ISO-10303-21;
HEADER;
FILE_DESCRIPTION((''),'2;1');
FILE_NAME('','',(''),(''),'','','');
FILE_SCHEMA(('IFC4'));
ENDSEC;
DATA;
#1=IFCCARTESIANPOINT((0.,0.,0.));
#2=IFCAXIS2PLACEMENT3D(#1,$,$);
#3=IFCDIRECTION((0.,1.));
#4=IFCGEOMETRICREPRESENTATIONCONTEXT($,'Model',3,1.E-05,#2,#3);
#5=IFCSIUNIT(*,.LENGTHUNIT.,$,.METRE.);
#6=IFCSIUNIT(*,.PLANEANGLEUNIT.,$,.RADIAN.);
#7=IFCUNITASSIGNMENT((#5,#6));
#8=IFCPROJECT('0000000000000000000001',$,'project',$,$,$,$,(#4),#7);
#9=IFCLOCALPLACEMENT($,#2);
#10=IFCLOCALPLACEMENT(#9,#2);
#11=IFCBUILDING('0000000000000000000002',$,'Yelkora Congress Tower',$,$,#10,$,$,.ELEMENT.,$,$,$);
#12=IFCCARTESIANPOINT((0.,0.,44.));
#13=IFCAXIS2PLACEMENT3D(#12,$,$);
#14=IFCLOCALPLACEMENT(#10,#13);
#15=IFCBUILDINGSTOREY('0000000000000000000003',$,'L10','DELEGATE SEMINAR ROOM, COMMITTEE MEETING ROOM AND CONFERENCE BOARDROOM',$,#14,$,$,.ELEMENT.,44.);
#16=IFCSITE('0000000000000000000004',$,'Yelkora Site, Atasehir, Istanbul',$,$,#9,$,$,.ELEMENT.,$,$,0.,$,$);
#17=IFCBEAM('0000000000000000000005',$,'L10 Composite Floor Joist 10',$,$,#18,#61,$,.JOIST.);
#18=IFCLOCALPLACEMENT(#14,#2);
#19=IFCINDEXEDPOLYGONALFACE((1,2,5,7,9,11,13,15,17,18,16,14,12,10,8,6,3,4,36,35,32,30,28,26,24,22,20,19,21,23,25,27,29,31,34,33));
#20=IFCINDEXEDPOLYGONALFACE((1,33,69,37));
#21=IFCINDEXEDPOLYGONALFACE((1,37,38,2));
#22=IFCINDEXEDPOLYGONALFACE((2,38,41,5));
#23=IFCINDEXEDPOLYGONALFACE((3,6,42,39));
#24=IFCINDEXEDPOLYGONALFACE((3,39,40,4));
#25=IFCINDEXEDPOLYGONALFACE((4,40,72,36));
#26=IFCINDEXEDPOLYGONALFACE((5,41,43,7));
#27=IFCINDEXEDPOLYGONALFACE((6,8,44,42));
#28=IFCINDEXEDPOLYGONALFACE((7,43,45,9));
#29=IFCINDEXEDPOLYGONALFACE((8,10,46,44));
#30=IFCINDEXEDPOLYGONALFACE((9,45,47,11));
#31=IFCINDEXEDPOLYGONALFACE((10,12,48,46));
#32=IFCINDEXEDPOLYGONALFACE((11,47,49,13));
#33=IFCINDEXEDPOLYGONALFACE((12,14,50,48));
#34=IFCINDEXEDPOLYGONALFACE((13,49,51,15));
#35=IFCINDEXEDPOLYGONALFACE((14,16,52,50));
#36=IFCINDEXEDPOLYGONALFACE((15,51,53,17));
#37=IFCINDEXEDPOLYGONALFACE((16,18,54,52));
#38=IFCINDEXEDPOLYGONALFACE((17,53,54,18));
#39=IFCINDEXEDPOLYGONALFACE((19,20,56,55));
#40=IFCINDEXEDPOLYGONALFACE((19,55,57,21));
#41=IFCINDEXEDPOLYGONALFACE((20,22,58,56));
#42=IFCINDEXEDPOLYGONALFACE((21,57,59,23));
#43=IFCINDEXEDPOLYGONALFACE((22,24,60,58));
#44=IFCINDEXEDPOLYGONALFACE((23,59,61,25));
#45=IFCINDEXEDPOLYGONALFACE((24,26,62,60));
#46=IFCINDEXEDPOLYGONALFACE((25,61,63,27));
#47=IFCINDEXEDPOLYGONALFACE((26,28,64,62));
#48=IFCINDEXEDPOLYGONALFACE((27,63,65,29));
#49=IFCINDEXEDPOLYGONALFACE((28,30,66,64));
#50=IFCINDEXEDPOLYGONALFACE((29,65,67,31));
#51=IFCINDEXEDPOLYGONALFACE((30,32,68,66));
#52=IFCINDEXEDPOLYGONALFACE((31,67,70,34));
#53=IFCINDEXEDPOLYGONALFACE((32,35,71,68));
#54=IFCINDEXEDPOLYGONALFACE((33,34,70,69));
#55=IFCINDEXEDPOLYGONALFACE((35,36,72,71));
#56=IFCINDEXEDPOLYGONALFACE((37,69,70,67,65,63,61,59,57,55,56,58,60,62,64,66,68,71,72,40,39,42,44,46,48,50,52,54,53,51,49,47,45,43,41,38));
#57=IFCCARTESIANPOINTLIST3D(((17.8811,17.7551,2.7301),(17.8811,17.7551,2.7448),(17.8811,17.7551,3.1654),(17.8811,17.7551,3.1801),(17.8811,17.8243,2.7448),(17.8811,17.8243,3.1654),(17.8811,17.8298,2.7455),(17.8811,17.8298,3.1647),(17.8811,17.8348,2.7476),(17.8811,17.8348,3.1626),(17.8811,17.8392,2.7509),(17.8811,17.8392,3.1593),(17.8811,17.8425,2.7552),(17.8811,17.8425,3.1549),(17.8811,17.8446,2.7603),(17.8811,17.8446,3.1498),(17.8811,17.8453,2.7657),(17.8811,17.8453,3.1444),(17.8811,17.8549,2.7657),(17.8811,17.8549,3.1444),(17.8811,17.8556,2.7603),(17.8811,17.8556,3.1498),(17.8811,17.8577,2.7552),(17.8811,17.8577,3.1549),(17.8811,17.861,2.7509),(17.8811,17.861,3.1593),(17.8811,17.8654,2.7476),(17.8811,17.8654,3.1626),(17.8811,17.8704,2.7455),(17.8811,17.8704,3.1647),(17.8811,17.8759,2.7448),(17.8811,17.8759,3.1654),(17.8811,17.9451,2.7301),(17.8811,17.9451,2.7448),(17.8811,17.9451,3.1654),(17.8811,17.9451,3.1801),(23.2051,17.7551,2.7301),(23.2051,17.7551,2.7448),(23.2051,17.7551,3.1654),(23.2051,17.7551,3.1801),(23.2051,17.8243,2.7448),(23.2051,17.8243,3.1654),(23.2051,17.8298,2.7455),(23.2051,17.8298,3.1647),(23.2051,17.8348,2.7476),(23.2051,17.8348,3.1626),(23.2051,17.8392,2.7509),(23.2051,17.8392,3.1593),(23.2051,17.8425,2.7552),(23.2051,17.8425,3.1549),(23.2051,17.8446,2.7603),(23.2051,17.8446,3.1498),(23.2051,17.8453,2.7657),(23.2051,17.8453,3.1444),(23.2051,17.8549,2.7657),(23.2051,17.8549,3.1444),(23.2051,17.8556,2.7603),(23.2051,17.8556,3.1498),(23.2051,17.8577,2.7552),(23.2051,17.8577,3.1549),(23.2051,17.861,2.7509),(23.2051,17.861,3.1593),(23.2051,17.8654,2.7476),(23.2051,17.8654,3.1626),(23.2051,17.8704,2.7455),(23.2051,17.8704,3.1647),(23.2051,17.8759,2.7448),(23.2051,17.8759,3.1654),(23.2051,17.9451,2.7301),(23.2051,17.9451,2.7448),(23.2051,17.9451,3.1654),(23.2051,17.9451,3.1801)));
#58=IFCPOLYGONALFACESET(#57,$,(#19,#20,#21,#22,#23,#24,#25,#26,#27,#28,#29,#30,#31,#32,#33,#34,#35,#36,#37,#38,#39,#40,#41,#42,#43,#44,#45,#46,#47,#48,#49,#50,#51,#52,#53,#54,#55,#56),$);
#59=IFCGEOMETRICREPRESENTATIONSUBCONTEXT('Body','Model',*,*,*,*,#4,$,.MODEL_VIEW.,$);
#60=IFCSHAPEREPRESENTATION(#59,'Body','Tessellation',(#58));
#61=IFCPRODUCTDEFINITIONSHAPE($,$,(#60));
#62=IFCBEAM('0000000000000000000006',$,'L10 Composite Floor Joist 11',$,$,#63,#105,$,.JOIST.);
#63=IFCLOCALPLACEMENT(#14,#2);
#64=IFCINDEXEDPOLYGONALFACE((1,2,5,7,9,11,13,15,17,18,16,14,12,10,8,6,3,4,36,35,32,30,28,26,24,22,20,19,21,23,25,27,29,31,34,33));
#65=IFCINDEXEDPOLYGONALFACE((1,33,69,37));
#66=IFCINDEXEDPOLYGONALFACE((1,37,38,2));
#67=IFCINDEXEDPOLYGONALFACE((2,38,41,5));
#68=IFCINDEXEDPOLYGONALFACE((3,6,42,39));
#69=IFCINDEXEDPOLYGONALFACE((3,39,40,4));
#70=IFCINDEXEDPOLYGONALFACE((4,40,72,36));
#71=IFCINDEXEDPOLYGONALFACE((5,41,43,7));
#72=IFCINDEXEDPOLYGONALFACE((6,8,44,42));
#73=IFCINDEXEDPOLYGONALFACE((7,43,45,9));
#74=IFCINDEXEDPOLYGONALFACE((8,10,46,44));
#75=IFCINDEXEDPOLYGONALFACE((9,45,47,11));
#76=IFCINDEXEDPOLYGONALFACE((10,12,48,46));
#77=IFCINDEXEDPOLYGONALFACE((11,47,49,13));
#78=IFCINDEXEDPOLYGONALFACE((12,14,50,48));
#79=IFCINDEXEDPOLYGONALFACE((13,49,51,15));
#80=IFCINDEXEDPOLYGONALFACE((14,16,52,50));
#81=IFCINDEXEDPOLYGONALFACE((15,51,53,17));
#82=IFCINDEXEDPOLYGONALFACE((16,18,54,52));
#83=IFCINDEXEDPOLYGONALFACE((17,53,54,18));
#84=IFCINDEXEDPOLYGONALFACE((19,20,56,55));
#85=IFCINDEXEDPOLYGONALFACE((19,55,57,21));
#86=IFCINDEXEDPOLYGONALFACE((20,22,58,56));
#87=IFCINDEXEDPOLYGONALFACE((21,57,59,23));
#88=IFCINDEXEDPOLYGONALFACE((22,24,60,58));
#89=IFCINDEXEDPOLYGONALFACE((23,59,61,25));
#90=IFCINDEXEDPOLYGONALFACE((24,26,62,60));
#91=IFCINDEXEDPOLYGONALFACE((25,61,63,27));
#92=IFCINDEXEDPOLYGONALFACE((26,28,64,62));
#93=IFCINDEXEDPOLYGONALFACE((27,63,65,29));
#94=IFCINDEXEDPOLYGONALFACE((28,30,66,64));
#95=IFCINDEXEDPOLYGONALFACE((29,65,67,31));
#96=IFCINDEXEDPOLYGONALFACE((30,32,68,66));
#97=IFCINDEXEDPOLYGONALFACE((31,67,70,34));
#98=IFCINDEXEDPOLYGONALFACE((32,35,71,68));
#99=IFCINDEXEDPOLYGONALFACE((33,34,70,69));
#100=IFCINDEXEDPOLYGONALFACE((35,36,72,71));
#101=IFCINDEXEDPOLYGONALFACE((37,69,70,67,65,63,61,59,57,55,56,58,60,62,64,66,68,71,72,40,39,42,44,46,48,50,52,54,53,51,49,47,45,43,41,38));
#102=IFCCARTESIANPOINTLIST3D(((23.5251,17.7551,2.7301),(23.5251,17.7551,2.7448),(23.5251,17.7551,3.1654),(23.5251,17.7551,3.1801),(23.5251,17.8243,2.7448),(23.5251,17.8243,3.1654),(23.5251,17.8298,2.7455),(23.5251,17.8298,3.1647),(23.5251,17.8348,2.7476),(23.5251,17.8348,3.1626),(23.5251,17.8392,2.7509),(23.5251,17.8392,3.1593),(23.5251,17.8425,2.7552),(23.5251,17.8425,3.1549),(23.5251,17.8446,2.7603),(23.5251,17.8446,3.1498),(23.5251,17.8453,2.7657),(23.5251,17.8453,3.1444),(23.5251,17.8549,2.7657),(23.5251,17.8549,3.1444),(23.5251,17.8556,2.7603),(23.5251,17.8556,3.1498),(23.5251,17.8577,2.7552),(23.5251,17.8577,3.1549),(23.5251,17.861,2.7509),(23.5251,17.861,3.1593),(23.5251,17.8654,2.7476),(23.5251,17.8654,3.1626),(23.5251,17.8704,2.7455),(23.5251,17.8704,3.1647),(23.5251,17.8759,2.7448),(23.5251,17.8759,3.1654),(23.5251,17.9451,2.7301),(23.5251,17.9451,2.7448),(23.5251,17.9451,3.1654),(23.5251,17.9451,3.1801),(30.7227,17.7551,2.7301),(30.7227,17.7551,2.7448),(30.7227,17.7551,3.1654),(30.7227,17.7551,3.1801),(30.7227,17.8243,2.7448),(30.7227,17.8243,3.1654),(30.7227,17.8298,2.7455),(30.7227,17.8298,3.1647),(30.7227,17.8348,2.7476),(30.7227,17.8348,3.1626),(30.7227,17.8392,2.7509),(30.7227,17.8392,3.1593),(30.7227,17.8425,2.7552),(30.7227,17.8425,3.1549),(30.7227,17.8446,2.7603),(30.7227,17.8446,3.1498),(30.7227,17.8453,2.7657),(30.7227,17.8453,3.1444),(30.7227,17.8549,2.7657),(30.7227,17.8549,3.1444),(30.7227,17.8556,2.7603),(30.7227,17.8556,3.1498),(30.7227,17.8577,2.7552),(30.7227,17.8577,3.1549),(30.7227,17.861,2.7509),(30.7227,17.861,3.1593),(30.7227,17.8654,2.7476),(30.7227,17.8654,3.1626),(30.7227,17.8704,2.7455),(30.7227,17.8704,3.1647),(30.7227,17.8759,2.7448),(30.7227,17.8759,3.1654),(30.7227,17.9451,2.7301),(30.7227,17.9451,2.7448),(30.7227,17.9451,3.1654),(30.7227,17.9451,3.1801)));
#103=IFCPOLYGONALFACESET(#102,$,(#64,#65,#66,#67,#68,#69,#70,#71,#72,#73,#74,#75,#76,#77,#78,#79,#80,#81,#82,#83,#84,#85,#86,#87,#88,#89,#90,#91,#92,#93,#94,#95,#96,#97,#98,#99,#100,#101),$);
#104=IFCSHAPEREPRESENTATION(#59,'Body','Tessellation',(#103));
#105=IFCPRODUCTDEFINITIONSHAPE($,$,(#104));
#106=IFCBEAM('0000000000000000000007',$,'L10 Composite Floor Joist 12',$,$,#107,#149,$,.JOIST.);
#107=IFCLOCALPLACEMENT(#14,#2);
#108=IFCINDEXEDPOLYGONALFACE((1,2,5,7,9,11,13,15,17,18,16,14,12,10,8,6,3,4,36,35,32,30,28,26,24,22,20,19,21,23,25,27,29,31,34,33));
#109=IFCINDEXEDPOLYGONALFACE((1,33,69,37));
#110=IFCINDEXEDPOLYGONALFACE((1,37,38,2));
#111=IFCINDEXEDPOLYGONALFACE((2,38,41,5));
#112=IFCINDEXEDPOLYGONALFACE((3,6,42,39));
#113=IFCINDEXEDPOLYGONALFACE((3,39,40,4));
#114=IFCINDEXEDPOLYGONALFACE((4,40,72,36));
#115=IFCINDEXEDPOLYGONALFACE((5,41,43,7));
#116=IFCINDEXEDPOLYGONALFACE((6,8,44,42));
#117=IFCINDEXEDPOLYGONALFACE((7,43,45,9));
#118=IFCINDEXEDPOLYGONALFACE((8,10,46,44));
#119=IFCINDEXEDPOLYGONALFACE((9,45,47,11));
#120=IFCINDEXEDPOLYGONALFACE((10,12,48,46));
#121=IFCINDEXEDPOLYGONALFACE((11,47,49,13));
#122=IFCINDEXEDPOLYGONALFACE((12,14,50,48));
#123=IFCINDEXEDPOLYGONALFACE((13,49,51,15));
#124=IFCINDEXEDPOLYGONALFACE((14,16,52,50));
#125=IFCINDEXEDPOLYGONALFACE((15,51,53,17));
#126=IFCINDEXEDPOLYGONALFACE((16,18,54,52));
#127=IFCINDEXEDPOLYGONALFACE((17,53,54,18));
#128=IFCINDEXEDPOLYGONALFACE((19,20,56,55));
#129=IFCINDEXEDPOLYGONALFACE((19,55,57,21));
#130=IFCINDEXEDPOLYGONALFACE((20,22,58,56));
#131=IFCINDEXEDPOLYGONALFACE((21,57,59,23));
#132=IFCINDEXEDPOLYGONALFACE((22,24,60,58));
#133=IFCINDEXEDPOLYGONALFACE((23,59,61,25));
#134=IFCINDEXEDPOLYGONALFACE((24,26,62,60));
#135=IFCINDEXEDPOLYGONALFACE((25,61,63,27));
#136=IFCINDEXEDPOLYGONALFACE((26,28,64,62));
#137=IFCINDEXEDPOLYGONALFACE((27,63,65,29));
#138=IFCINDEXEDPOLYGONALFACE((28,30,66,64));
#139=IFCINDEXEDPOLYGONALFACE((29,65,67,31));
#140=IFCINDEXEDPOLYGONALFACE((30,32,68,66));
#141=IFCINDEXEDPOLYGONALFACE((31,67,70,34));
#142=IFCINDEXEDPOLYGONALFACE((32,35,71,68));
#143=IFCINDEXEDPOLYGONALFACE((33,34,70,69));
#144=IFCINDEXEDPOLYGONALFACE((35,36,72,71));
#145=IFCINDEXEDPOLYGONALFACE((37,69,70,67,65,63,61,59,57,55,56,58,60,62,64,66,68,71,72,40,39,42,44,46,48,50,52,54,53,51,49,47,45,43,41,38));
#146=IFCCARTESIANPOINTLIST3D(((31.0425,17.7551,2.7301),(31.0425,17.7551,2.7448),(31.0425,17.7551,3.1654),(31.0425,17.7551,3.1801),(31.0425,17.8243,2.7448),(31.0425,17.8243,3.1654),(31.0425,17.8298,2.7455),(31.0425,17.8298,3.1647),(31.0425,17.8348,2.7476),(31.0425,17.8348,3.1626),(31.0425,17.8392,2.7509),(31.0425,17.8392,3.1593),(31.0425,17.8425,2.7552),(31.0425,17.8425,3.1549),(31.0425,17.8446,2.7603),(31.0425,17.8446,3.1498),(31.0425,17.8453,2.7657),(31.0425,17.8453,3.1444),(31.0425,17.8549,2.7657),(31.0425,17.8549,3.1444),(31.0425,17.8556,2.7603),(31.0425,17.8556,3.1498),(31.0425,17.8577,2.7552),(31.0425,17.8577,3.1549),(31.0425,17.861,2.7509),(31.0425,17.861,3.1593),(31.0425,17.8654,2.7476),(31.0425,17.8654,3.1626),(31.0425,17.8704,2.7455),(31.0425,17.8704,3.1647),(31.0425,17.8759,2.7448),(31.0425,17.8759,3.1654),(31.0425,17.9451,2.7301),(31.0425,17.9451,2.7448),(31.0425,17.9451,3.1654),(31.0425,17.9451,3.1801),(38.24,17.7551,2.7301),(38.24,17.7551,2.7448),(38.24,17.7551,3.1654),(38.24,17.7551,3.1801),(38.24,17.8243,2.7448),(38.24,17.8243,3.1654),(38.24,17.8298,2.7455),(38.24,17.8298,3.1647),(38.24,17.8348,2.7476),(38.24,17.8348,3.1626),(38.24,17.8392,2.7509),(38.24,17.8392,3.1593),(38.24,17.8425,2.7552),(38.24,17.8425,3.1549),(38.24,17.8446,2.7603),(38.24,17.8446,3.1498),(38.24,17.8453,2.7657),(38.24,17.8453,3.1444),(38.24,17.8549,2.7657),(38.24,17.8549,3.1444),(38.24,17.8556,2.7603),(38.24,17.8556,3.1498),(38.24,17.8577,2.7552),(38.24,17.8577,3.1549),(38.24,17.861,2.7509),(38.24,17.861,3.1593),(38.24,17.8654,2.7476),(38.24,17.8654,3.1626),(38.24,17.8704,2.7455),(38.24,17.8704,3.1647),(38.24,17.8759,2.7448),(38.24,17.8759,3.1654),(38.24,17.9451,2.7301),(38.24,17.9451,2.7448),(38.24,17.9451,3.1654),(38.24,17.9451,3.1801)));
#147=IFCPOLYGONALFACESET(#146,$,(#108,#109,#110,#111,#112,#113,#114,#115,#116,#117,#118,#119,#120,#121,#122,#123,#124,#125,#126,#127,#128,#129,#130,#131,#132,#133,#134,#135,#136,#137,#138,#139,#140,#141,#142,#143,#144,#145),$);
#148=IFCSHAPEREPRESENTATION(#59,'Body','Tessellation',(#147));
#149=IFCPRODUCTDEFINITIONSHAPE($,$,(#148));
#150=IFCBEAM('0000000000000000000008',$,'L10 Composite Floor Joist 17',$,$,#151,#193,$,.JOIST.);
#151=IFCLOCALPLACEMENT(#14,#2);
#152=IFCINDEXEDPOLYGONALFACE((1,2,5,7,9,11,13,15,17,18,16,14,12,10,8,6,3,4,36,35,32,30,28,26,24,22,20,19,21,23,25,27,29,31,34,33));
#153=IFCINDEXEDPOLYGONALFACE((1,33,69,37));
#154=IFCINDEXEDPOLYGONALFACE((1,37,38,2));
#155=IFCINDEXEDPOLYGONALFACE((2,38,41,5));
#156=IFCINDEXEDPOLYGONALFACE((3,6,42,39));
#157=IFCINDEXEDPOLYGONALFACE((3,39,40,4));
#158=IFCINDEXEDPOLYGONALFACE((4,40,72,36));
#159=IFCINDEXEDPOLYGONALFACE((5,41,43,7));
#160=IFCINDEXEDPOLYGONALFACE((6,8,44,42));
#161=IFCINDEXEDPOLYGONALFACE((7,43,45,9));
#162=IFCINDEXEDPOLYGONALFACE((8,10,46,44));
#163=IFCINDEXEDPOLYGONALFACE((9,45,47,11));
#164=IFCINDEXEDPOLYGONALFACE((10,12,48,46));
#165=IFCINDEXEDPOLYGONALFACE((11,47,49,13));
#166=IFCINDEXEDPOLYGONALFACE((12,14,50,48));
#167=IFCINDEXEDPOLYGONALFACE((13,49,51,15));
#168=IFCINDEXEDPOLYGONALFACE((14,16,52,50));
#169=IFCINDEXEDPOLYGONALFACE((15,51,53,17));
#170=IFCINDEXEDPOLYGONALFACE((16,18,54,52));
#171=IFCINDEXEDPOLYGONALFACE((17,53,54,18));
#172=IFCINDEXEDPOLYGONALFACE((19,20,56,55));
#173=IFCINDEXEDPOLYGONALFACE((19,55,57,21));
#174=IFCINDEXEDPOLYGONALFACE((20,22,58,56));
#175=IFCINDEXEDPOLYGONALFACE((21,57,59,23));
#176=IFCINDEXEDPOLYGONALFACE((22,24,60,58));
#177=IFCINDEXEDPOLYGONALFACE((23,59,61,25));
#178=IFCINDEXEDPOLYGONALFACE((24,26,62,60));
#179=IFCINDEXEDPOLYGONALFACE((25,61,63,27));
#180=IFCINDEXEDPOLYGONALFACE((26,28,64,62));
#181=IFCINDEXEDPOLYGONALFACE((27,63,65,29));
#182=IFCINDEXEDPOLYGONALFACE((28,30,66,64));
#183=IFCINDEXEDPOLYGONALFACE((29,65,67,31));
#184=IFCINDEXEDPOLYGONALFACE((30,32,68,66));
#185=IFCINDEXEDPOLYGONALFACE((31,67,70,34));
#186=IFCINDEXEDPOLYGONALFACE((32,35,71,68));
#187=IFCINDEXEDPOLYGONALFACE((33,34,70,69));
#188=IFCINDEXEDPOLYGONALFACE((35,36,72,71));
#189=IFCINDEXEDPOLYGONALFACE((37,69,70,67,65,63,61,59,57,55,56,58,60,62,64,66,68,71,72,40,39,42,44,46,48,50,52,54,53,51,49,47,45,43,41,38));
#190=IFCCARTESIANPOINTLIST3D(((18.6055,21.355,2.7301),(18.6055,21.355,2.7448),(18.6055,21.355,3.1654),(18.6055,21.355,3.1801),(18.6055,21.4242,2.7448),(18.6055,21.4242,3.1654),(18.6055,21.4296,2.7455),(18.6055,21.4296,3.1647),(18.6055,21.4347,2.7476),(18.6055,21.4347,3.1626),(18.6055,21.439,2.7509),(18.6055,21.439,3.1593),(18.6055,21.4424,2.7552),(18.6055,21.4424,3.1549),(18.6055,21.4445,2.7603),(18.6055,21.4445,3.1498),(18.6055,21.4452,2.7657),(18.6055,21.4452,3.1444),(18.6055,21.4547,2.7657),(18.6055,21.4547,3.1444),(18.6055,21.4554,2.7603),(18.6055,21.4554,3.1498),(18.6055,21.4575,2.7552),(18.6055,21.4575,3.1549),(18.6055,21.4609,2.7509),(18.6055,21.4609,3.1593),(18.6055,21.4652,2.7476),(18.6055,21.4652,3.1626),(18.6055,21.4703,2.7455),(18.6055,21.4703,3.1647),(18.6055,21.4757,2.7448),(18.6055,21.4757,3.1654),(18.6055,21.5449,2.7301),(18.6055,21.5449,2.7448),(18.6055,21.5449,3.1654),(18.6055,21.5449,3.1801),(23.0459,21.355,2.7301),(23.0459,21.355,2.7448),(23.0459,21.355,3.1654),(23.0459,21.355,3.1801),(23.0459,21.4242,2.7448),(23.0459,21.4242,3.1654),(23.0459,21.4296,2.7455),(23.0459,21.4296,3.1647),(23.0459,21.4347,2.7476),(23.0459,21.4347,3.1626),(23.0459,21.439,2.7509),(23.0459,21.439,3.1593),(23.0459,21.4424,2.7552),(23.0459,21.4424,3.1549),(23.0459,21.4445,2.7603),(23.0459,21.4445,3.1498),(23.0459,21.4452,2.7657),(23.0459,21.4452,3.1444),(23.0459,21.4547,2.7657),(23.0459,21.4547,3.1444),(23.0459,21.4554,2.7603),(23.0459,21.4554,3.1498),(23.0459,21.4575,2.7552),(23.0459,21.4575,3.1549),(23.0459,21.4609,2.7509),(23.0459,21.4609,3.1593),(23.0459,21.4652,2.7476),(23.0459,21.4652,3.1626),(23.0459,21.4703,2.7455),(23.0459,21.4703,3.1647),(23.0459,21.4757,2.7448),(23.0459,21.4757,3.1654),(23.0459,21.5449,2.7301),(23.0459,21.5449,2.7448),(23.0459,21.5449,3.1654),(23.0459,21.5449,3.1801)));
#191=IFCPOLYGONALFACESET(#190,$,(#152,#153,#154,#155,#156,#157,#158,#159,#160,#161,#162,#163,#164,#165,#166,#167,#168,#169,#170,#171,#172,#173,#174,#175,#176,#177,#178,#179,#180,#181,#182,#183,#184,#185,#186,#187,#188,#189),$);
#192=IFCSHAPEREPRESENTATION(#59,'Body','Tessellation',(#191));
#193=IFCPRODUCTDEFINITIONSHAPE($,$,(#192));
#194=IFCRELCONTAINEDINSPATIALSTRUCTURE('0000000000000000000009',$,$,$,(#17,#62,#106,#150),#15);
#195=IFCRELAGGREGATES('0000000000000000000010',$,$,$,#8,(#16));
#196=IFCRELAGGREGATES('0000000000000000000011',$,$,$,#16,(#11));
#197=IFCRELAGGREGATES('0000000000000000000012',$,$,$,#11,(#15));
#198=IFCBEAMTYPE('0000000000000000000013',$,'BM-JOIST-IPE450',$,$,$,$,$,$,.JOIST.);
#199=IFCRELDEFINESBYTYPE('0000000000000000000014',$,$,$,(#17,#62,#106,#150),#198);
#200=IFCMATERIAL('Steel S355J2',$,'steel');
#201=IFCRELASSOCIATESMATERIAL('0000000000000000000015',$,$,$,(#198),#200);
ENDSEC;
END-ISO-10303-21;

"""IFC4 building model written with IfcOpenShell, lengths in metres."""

from ifc_helpers import new_model, si_unit, direction, frame, origin, origin_2d, place, context, subcontext, project, spatial, i_section, extrude, material, material_profile, profile_set, type_object, element, save


model = new_model("IFC4")

# Units and contexts
model_context = context("Model", 3, precision=1e-05, world=origin(), true_north=direction((0.0, 1.0)))
body_context = subcontext(model_context, "Body", "Model", "MODEL_VIEW")
ifc_project = project(units=[si_unit("LENGTHUNIT", "METRE"), si_unit("PLANEANGLEUNIT", "RADIAN")], contexts=[model_context])

# Site, building, storey
site_placement = place(None, origin())
site = spatial("IfcSite", under=ifc_project, at=site_placement, Name="Yelkora Site, Atasehir, Istanbul", CompositionType="ELEMENT", RefElevation=0.0)
building_placement = place(site_placement, origin())
building = spatial("IfcBuilding", under=site, at=building_placement, Name="Yelkora Congress Tower", CompositionType="ELEMENT")
storey_placement = place(building_placement, frame((0.0, 0.0, 44.0)))
storey = spatial("IfcBuildingStorey", under=building, at=storey_placement, Name="L10", Description="DELEGATE SEMINAR ROOM, COMMITTEE MEETING ROOM AND CONFERENCE BOARDROOM", CompositionType="ELEMENT", Elevation=44.0)

# Beams
ifc_material_1 = material(Name="Steel S355J2", Category="steel")
ifc_material_profile_1 = material_profile(ifc_material_1, i_section(OverallWidth=0.1899, OverallDepth=0.45, WebThickness=0.0095, FlangeThickness=0.0146, FilletRadius=0.021, at=origin_2d()), Name="IPE 450")
ifc_profile_set_1 = profile_set([ifc_material_profile_1], Name="Steel S355J2")
beam_type_1 = type_object("IfcBeamType", Name="BM-JOIST-IPE450", PredefinedType="JOIST", material=ifc_profile_set_1)
beam_1_placement = place(storey_placement, frame((17.8811, 17.8501, 2.9551), z_axis=(1.0, 0.0, 0.0), x_axis=(0.0, 1.0, 0.0)))
element("IfcBeam", 1, at=beam_1_placement, inside=storey, type_object=beam_type_1, Name="L10 Composite Floor Joist 10", PredefinedType="JOIST", context=body_context, shape_type="SweptSolid", body=[
    extrude(i_section(OverallWidth=0.1899, OverallDepth=0.45, WebThickness=0.0095, FlangeThickness=0.0146, FilletRadius=0.021, at=origin_2d()), origin(), (0.0, 0.0, 1.0), 5.324),
])
for number, where, z_axis, x_axis, name in (
    (2, (23.5251, 17.8501, 2.9551), (1.0, 0.0, 0.0), (0.0, 1.0, 0.0), "L10 Composite Floor Joist 11"),
    (3, (31.0425, 17.8501, 2.9551), (1.0, 0.0, 0.0), (0.0, 1.0, 0.0), "L10 Composite Floor Joist 12"),
):
    element("IfcBeam", number, at=place(storey_placement, frame(where, z_axis=z_axis, x_axis=x_axis)), inside=storey, type_object=beam_type_1, Name=name, PredefinedType="JOIST", context=body_context, shape_type="SweptSolid", body=[
        extrude(i_section(OverallWidth=0.1899, OverallDepth=0.45, WebThickness=0.0095, FlangeThickness=0.0146, FilletRadius=0.021, at=origin_2d()), origin(), (0.0, 0.0, 1.0), 7.1975),
    ])
beam_2_placement = place(storey_placement, frame((18.6055, 21.45, 2.9551), z_axis=(1.0, 0.0, 0.0), x_axis=(0.0, 1.0, 0.0)))
element("IfcBeam", 4, at=beam_2_placement, inside=storey, type_object=beam_type_1, Name="L10 Composite Floor Joist 17", PredefinedType="JOIST", context=body_context, shape_type="SweptSolid", body=[
    extrude(i_section(OverallWidth=0.1899, OverallDepth=0.45, WebThickness=0.0095, FlangeThickness=0.0146, FilletRadius=0.021, at=origin_2d()), origin(), (0.0, 0.0, 1.0), 4.4404),
])

save(model, "model.ifc")
